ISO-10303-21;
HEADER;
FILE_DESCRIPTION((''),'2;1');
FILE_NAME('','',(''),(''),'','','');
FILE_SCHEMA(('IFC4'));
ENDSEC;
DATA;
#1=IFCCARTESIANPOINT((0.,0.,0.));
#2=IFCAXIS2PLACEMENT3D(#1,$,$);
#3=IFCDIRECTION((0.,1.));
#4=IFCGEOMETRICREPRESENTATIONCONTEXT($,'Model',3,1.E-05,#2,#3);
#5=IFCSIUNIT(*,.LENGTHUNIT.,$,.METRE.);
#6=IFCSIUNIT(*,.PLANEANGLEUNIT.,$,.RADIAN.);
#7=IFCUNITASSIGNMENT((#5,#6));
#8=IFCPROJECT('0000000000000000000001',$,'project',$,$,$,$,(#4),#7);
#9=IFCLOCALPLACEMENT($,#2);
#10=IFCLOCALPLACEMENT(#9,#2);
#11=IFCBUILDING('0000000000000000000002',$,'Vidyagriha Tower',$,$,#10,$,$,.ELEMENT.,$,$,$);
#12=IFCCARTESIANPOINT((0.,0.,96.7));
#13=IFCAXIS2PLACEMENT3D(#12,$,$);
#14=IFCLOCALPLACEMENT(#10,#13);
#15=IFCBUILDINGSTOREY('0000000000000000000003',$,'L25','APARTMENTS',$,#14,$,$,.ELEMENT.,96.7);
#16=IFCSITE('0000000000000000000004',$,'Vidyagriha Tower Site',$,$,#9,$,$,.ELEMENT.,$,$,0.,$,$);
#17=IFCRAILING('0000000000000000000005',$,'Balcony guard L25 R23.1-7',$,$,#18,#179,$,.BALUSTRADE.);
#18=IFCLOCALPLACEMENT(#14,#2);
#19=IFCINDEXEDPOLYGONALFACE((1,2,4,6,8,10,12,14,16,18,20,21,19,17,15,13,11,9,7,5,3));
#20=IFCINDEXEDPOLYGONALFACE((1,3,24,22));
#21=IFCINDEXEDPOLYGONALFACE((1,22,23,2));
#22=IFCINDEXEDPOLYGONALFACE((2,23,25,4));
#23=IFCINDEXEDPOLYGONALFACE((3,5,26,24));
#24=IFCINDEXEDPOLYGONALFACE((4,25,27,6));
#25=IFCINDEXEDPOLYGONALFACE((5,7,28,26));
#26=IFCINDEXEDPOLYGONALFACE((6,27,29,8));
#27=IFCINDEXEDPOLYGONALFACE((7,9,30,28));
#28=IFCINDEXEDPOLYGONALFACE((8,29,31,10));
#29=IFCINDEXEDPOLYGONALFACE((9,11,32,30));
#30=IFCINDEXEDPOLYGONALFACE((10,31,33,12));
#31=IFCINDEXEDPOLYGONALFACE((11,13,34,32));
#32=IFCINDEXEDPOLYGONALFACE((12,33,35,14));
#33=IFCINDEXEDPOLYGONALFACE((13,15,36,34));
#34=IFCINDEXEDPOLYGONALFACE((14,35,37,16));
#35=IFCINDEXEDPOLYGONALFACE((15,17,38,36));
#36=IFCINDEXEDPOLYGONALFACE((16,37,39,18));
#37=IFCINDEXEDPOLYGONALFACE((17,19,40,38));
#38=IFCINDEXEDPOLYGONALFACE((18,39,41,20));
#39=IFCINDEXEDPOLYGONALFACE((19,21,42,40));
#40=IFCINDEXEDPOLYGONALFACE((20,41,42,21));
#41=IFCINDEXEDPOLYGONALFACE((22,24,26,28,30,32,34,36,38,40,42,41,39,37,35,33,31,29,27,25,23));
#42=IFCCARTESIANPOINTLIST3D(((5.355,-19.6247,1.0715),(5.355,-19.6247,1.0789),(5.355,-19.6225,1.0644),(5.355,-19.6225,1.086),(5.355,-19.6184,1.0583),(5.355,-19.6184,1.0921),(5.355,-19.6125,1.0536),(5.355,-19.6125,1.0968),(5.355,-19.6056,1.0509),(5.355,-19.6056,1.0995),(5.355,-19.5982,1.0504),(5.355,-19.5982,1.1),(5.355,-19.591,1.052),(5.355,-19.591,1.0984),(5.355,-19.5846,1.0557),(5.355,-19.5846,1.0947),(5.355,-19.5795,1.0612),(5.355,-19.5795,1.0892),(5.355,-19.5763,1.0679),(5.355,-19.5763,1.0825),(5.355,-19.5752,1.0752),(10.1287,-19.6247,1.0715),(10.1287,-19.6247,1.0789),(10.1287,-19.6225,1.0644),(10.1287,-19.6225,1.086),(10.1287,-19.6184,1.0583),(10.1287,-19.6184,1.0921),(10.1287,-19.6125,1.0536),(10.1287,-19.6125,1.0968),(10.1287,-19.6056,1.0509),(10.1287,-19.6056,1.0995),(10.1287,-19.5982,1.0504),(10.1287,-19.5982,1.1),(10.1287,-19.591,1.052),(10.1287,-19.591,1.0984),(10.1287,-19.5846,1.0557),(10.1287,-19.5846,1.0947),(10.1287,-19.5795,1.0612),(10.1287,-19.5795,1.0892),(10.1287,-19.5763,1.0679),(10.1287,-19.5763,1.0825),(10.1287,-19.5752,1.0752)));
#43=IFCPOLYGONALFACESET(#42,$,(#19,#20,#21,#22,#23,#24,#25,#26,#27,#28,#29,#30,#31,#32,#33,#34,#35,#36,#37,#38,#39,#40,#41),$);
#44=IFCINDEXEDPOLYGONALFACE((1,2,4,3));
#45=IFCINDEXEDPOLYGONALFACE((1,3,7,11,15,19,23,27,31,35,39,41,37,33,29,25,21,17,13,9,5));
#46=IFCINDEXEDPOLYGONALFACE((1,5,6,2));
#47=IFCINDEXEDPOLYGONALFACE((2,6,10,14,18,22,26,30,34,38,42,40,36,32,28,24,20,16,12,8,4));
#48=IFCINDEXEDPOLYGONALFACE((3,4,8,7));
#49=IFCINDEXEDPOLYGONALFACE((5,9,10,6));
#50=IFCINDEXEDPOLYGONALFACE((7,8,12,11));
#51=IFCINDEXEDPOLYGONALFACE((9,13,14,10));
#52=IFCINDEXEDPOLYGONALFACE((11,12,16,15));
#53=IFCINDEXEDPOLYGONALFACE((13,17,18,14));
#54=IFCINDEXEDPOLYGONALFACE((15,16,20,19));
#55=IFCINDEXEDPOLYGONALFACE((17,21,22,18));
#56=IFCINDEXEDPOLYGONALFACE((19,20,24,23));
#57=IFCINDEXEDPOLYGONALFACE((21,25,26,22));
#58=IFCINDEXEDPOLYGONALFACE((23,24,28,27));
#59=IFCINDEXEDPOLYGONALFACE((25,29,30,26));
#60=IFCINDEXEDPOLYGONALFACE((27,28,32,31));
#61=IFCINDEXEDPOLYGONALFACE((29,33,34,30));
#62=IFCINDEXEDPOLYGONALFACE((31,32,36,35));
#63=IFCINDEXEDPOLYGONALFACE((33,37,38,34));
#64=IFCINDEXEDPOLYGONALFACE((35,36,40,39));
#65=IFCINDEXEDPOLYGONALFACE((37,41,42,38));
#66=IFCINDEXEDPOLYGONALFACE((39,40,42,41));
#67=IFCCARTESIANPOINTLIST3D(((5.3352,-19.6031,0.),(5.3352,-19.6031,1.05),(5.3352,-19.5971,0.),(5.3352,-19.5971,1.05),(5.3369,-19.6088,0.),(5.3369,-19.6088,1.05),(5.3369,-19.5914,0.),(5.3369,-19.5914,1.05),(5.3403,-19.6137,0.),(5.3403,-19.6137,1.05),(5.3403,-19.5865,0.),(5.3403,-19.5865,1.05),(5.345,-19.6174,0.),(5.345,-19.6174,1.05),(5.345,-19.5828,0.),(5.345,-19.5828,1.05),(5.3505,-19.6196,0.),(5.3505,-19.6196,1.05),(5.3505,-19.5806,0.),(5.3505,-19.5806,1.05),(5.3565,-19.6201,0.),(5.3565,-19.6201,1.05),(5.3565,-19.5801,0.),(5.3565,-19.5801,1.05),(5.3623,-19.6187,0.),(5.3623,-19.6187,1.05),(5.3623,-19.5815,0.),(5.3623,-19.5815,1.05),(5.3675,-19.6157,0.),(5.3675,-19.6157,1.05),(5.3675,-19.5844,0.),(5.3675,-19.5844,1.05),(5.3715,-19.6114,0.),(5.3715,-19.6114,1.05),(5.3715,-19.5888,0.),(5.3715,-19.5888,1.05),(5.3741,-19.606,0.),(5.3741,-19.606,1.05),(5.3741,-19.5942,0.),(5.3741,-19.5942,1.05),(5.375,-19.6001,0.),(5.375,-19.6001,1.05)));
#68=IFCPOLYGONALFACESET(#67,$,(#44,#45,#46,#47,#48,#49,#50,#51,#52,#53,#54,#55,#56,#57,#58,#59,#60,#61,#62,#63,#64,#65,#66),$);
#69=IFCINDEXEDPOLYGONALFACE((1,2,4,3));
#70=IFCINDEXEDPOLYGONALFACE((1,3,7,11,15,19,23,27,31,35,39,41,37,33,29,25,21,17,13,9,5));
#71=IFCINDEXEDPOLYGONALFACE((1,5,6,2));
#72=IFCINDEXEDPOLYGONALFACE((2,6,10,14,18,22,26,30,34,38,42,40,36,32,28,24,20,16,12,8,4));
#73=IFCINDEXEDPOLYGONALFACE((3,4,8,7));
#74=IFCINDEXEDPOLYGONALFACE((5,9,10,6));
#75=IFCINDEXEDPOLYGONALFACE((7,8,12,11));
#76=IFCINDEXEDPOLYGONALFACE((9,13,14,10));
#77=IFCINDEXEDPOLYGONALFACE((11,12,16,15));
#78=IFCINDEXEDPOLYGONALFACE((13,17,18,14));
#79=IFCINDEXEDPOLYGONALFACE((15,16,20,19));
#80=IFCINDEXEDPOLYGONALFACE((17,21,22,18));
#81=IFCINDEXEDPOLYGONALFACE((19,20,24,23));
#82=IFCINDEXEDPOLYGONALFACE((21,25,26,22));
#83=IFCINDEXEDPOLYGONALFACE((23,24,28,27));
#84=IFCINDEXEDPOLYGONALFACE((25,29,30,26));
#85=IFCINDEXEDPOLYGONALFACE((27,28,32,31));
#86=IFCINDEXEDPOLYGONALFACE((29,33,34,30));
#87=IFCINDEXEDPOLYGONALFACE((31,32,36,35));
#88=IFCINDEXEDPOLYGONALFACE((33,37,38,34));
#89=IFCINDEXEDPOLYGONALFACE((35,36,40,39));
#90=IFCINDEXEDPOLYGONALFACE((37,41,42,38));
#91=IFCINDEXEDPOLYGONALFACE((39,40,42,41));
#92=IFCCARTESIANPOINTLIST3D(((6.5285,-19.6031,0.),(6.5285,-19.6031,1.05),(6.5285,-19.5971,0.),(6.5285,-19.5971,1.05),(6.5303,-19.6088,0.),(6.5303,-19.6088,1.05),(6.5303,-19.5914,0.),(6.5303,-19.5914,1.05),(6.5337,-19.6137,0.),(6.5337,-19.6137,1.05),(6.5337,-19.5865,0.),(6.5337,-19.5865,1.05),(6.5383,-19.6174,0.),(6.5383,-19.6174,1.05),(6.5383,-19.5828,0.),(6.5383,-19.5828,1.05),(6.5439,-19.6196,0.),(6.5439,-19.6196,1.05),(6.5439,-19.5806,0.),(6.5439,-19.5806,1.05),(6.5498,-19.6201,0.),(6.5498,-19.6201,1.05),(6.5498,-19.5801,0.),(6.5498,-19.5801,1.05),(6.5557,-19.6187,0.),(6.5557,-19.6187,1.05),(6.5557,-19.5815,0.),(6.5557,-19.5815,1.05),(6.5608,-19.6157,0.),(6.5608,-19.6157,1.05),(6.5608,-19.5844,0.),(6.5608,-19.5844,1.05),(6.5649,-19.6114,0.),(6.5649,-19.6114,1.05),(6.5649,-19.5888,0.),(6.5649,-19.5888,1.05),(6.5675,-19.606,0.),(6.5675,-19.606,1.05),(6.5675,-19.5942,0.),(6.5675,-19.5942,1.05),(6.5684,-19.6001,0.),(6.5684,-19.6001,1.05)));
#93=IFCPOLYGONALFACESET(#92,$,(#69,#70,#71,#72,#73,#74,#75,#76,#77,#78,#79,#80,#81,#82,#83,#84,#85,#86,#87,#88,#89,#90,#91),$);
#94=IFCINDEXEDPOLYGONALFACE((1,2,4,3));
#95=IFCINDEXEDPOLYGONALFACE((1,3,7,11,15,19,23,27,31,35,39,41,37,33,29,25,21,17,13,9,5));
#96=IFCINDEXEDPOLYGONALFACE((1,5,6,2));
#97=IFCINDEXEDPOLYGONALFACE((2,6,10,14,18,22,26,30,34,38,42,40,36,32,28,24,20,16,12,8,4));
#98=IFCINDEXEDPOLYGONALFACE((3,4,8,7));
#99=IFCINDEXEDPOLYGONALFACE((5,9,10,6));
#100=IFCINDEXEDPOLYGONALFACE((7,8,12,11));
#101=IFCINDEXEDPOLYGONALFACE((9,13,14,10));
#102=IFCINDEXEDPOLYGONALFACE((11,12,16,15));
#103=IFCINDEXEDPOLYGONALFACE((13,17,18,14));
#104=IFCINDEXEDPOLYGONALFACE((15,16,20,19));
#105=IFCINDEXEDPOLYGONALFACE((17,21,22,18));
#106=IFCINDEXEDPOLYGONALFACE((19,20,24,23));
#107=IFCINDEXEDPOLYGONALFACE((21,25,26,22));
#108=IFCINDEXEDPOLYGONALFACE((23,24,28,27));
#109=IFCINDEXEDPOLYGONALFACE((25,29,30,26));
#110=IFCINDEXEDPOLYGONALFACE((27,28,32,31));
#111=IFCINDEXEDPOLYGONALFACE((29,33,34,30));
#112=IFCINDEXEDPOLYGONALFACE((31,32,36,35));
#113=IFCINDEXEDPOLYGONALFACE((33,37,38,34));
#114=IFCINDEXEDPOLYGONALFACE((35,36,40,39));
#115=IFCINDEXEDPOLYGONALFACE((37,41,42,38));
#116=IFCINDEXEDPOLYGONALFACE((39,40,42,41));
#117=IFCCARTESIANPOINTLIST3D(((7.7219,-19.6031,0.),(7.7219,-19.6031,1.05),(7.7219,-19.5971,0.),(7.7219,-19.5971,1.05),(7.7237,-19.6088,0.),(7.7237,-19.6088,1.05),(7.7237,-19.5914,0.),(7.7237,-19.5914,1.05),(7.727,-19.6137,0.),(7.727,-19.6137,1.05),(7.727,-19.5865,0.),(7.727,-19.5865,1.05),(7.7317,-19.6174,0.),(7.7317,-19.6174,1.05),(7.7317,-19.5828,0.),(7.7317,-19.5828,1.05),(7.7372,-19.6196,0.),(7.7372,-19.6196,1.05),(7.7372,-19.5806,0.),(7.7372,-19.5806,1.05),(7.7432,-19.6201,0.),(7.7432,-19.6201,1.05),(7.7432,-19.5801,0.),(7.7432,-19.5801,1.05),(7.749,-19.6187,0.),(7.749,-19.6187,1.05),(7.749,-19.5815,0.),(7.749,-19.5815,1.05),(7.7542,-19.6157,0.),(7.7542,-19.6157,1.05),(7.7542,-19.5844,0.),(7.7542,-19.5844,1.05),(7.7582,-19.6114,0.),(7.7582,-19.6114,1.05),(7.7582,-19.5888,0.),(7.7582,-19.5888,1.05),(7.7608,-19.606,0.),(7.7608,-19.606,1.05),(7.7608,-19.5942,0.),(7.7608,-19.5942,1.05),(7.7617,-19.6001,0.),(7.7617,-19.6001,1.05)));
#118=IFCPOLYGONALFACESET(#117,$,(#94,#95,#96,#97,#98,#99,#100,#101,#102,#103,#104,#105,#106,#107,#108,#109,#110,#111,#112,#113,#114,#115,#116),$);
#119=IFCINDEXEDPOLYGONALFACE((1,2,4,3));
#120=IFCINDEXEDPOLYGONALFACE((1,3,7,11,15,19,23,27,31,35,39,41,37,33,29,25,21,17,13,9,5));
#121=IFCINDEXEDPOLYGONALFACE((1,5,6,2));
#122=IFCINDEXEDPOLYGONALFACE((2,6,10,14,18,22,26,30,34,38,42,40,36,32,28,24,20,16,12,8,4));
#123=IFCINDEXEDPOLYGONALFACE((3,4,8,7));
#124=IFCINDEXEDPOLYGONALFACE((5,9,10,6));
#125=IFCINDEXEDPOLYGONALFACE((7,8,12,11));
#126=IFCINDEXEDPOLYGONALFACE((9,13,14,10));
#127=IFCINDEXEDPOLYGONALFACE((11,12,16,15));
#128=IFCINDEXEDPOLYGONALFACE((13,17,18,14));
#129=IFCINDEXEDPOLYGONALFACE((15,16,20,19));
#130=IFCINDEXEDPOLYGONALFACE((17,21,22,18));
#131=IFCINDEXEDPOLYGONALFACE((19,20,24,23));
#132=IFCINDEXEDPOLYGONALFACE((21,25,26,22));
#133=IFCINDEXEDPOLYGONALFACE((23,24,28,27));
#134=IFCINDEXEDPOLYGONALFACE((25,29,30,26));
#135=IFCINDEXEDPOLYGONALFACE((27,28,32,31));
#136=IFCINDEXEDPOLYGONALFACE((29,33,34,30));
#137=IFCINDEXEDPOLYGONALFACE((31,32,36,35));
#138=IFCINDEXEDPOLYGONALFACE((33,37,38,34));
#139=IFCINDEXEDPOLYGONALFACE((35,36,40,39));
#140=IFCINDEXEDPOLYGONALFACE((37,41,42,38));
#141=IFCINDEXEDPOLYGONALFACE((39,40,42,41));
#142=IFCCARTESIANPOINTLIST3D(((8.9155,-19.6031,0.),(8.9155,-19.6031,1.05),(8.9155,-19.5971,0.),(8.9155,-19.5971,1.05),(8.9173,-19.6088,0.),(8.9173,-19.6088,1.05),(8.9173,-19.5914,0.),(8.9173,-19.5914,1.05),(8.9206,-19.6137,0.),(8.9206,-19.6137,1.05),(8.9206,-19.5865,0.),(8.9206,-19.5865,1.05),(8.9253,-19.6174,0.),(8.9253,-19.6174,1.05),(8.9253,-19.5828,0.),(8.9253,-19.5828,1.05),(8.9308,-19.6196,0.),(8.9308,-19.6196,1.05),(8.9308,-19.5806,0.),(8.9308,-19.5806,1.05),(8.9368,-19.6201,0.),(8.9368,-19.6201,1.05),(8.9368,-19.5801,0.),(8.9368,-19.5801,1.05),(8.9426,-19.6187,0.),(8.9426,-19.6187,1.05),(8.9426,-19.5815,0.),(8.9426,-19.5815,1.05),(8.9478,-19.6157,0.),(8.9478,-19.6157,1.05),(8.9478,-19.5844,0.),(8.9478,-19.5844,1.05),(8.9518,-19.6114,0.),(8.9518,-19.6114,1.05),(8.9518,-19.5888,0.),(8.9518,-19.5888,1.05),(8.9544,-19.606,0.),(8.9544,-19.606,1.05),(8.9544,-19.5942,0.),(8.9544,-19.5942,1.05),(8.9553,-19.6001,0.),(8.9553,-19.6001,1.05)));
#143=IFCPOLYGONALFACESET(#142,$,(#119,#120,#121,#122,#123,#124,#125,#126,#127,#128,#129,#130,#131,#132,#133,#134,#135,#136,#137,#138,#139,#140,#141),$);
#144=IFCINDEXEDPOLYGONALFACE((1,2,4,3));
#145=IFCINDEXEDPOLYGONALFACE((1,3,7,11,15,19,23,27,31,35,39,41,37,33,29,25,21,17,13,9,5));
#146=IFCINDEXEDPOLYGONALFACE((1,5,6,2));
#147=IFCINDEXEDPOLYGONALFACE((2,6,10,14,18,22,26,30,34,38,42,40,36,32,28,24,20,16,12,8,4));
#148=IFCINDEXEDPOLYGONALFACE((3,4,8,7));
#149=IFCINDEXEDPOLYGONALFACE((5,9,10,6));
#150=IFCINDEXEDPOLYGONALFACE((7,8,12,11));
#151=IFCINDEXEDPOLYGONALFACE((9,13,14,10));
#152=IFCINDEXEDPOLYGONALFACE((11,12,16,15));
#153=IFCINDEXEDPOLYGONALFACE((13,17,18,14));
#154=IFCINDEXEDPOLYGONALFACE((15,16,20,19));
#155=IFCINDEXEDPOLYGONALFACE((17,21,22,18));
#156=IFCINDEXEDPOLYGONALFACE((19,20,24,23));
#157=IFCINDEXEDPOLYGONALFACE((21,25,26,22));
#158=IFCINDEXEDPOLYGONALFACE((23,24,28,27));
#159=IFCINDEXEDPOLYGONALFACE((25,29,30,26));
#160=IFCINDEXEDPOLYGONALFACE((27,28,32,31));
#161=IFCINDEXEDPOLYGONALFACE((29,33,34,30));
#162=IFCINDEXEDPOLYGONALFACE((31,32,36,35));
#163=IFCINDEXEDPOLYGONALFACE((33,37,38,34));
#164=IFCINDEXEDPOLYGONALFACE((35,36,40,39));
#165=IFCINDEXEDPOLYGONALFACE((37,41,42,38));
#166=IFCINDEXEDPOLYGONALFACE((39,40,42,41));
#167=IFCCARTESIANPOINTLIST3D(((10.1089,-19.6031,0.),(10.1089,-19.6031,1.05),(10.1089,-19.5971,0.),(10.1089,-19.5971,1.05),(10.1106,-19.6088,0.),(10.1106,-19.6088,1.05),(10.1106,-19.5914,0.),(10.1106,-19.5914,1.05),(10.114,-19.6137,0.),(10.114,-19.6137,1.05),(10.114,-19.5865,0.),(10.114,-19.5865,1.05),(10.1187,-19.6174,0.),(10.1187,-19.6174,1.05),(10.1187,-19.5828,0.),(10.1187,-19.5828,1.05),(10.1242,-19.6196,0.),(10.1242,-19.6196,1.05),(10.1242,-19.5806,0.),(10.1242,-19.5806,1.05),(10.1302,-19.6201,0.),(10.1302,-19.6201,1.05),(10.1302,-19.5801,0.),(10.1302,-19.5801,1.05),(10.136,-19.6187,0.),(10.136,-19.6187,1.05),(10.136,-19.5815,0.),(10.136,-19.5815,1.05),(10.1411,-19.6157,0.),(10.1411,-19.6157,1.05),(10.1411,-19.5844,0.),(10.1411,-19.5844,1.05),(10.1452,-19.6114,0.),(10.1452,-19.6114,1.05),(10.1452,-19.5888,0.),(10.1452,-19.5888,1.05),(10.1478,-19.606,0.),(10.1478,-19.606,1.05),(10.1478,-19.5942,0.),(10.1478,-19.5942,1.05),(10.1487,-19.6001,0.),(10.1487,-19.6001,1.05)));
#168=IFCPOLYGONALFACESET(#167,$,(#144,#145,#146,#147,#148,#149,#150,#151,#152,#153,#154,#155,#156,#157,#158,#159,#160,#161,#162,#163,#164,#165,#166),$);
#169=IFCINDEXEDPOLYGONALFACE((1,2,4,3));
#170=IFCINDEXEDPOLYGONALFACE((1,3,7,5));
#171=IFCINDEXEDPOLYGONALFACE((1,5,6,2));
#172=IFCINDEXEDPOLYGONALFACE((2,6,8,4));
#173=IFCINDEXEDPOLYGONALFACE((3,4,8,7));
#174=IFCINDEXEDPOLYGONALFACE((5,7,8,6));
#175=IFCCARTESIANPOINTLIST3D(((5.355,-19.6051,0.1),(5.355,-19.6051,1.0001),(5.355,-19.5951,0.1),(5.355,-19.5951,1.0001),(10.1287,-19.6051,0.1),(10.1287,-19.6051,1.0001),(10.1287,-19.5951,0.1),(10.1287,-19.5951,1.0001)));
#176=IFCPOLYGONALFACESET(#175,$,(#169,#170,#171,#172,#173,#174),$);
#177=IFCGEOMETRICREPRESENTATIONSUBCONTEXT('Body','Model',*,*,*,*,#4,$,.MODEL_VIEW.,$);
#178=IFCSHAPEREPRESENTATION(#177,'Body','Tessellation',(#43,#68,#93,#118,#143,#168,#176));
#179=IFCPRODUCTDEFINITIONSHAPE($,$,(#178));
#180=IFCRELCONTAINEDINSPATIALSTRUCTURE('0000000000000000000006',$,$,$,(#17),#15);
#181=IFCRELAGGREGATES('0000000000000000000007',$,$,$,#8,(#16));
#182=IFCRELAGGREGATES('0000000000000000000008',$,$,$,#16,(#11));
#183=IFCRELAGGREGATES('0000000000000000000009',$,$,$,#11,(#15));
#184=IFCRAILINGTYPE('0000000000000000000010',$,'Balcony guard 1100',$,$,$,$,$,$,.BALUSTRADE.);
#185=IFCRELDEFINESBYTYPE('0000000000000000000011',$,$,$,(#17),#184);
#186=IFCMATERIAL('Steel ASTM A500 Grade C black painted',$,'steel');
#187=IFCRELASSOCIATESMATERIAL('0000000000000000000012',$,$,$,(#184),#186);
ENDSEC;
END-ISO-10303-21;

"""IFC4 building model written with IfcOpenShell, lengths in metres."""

from ifc_helpers import new_model, si_unit, direction, frame, origin, origin_2d, place, context, subcontext, project, spatial, rectangle, circle, extrude, material, type_object, element, save


model = new_model("IFC4")

# Units and contexts
model_context = context("Model", 3, precision=1e-05, world=origin(), true_north=direction((0.0, 1.0)))
body_context = subcontext(model_context, "Body", "Model", "MODEL_VIEW")
ifc_project = project(units=[si_unit("LENGTHUNIT", "METRE"), si_unit("PLANEANGLEUNIT", "RADIAN")], contexts=[model_context])

# Site, building, storey
site_placement = place(None, origin())
site = spatial("IfcSite", under=ifc_project, at=site_placement, Name="Vidyagriha Tower Site", CompositionType="ELEMENT", RefElevation=0.0)
building_placement = place(site_placement, origin())
building = spatial("IfcBuilding", under=site, at=building_placement, Name="Vidyagriha Tower", CompositionType="ELEMENT")
storey_placement = place(building_placement, frame((0.0, 0.0, 96.7)))
storey = spatial("IfcBuildingStorey", under=building, at=storey_placement, Name="L25", Description="APARTMENTS", CompositionType="ELEMENT", Elevation=96.7)

# Railing
ifc_material_1 = material(Name="Steel ASTM A500 Grade C black painted", Category="steel")
railing_type = type_object("IfcRailingType", Name="Balcony guard 1100", PredefinedType="BALUSTRADE", material=ifc_material_1)
railing_1_placement = place(storey_placement, frame((5.355, -19.6001, 0.0)))
element("IfcRailing", 1, at=railing_1_placement, inside=storey, type_object=railing_type, Name="Balcony guard L25 R23.1-7", PredefinedType="BALUSTRADE", context=body_context, shape_type="SweptSolid", body=[
    extrude(circle(Radius=0.0249, at=origin_2d()), frame((0.0, 0.0, 1.0752), z_axis=(1.0, 0.0, 0.0), x_axis=(0.0, 1.0, 0.0)), (0.0, 0.0, 1.0), 4.7737),
    extrude(circle(Radius=0.02, at=origin_2d()), origin(), (0.0, 0.0, 1.0), 1.05),
    extrude(circle(Radius=0.02, at=origin_2d()), frame((1.1934, 0.0, 0.0)), (0.0, 0.0, 1.0), 1.05),
    extrude(circle(Radius=0.02, at=origin_2d()), frame((2.3867, 0.0, 0.0)), (0.0, 0.0, 1.0), 1.05),
    extrude(circle(Radius=0.02, at=origin_2d()), frame((3.5803, 0.0, 0.0)), (0.0, 0.0, 1.0), 1.05),
    extrude(circle(Radius=0.02, at=origin_2d()), frame((4.7737, 0.0, 0.0)), (0.0, 0.0, 1.0), 1.05),
    extrude(rectangle(XDim=0.01, YDim=0.9001, at=origin_2d()), frame((0.0, 0.0, 0.55), z_axis=(1.0, 0.0, 0.0), x_axis=(0.0, 1.0, 0.0)), (0.0, 0.0, 1.0), 4.7737),
])

save(model, "model.ifc")
